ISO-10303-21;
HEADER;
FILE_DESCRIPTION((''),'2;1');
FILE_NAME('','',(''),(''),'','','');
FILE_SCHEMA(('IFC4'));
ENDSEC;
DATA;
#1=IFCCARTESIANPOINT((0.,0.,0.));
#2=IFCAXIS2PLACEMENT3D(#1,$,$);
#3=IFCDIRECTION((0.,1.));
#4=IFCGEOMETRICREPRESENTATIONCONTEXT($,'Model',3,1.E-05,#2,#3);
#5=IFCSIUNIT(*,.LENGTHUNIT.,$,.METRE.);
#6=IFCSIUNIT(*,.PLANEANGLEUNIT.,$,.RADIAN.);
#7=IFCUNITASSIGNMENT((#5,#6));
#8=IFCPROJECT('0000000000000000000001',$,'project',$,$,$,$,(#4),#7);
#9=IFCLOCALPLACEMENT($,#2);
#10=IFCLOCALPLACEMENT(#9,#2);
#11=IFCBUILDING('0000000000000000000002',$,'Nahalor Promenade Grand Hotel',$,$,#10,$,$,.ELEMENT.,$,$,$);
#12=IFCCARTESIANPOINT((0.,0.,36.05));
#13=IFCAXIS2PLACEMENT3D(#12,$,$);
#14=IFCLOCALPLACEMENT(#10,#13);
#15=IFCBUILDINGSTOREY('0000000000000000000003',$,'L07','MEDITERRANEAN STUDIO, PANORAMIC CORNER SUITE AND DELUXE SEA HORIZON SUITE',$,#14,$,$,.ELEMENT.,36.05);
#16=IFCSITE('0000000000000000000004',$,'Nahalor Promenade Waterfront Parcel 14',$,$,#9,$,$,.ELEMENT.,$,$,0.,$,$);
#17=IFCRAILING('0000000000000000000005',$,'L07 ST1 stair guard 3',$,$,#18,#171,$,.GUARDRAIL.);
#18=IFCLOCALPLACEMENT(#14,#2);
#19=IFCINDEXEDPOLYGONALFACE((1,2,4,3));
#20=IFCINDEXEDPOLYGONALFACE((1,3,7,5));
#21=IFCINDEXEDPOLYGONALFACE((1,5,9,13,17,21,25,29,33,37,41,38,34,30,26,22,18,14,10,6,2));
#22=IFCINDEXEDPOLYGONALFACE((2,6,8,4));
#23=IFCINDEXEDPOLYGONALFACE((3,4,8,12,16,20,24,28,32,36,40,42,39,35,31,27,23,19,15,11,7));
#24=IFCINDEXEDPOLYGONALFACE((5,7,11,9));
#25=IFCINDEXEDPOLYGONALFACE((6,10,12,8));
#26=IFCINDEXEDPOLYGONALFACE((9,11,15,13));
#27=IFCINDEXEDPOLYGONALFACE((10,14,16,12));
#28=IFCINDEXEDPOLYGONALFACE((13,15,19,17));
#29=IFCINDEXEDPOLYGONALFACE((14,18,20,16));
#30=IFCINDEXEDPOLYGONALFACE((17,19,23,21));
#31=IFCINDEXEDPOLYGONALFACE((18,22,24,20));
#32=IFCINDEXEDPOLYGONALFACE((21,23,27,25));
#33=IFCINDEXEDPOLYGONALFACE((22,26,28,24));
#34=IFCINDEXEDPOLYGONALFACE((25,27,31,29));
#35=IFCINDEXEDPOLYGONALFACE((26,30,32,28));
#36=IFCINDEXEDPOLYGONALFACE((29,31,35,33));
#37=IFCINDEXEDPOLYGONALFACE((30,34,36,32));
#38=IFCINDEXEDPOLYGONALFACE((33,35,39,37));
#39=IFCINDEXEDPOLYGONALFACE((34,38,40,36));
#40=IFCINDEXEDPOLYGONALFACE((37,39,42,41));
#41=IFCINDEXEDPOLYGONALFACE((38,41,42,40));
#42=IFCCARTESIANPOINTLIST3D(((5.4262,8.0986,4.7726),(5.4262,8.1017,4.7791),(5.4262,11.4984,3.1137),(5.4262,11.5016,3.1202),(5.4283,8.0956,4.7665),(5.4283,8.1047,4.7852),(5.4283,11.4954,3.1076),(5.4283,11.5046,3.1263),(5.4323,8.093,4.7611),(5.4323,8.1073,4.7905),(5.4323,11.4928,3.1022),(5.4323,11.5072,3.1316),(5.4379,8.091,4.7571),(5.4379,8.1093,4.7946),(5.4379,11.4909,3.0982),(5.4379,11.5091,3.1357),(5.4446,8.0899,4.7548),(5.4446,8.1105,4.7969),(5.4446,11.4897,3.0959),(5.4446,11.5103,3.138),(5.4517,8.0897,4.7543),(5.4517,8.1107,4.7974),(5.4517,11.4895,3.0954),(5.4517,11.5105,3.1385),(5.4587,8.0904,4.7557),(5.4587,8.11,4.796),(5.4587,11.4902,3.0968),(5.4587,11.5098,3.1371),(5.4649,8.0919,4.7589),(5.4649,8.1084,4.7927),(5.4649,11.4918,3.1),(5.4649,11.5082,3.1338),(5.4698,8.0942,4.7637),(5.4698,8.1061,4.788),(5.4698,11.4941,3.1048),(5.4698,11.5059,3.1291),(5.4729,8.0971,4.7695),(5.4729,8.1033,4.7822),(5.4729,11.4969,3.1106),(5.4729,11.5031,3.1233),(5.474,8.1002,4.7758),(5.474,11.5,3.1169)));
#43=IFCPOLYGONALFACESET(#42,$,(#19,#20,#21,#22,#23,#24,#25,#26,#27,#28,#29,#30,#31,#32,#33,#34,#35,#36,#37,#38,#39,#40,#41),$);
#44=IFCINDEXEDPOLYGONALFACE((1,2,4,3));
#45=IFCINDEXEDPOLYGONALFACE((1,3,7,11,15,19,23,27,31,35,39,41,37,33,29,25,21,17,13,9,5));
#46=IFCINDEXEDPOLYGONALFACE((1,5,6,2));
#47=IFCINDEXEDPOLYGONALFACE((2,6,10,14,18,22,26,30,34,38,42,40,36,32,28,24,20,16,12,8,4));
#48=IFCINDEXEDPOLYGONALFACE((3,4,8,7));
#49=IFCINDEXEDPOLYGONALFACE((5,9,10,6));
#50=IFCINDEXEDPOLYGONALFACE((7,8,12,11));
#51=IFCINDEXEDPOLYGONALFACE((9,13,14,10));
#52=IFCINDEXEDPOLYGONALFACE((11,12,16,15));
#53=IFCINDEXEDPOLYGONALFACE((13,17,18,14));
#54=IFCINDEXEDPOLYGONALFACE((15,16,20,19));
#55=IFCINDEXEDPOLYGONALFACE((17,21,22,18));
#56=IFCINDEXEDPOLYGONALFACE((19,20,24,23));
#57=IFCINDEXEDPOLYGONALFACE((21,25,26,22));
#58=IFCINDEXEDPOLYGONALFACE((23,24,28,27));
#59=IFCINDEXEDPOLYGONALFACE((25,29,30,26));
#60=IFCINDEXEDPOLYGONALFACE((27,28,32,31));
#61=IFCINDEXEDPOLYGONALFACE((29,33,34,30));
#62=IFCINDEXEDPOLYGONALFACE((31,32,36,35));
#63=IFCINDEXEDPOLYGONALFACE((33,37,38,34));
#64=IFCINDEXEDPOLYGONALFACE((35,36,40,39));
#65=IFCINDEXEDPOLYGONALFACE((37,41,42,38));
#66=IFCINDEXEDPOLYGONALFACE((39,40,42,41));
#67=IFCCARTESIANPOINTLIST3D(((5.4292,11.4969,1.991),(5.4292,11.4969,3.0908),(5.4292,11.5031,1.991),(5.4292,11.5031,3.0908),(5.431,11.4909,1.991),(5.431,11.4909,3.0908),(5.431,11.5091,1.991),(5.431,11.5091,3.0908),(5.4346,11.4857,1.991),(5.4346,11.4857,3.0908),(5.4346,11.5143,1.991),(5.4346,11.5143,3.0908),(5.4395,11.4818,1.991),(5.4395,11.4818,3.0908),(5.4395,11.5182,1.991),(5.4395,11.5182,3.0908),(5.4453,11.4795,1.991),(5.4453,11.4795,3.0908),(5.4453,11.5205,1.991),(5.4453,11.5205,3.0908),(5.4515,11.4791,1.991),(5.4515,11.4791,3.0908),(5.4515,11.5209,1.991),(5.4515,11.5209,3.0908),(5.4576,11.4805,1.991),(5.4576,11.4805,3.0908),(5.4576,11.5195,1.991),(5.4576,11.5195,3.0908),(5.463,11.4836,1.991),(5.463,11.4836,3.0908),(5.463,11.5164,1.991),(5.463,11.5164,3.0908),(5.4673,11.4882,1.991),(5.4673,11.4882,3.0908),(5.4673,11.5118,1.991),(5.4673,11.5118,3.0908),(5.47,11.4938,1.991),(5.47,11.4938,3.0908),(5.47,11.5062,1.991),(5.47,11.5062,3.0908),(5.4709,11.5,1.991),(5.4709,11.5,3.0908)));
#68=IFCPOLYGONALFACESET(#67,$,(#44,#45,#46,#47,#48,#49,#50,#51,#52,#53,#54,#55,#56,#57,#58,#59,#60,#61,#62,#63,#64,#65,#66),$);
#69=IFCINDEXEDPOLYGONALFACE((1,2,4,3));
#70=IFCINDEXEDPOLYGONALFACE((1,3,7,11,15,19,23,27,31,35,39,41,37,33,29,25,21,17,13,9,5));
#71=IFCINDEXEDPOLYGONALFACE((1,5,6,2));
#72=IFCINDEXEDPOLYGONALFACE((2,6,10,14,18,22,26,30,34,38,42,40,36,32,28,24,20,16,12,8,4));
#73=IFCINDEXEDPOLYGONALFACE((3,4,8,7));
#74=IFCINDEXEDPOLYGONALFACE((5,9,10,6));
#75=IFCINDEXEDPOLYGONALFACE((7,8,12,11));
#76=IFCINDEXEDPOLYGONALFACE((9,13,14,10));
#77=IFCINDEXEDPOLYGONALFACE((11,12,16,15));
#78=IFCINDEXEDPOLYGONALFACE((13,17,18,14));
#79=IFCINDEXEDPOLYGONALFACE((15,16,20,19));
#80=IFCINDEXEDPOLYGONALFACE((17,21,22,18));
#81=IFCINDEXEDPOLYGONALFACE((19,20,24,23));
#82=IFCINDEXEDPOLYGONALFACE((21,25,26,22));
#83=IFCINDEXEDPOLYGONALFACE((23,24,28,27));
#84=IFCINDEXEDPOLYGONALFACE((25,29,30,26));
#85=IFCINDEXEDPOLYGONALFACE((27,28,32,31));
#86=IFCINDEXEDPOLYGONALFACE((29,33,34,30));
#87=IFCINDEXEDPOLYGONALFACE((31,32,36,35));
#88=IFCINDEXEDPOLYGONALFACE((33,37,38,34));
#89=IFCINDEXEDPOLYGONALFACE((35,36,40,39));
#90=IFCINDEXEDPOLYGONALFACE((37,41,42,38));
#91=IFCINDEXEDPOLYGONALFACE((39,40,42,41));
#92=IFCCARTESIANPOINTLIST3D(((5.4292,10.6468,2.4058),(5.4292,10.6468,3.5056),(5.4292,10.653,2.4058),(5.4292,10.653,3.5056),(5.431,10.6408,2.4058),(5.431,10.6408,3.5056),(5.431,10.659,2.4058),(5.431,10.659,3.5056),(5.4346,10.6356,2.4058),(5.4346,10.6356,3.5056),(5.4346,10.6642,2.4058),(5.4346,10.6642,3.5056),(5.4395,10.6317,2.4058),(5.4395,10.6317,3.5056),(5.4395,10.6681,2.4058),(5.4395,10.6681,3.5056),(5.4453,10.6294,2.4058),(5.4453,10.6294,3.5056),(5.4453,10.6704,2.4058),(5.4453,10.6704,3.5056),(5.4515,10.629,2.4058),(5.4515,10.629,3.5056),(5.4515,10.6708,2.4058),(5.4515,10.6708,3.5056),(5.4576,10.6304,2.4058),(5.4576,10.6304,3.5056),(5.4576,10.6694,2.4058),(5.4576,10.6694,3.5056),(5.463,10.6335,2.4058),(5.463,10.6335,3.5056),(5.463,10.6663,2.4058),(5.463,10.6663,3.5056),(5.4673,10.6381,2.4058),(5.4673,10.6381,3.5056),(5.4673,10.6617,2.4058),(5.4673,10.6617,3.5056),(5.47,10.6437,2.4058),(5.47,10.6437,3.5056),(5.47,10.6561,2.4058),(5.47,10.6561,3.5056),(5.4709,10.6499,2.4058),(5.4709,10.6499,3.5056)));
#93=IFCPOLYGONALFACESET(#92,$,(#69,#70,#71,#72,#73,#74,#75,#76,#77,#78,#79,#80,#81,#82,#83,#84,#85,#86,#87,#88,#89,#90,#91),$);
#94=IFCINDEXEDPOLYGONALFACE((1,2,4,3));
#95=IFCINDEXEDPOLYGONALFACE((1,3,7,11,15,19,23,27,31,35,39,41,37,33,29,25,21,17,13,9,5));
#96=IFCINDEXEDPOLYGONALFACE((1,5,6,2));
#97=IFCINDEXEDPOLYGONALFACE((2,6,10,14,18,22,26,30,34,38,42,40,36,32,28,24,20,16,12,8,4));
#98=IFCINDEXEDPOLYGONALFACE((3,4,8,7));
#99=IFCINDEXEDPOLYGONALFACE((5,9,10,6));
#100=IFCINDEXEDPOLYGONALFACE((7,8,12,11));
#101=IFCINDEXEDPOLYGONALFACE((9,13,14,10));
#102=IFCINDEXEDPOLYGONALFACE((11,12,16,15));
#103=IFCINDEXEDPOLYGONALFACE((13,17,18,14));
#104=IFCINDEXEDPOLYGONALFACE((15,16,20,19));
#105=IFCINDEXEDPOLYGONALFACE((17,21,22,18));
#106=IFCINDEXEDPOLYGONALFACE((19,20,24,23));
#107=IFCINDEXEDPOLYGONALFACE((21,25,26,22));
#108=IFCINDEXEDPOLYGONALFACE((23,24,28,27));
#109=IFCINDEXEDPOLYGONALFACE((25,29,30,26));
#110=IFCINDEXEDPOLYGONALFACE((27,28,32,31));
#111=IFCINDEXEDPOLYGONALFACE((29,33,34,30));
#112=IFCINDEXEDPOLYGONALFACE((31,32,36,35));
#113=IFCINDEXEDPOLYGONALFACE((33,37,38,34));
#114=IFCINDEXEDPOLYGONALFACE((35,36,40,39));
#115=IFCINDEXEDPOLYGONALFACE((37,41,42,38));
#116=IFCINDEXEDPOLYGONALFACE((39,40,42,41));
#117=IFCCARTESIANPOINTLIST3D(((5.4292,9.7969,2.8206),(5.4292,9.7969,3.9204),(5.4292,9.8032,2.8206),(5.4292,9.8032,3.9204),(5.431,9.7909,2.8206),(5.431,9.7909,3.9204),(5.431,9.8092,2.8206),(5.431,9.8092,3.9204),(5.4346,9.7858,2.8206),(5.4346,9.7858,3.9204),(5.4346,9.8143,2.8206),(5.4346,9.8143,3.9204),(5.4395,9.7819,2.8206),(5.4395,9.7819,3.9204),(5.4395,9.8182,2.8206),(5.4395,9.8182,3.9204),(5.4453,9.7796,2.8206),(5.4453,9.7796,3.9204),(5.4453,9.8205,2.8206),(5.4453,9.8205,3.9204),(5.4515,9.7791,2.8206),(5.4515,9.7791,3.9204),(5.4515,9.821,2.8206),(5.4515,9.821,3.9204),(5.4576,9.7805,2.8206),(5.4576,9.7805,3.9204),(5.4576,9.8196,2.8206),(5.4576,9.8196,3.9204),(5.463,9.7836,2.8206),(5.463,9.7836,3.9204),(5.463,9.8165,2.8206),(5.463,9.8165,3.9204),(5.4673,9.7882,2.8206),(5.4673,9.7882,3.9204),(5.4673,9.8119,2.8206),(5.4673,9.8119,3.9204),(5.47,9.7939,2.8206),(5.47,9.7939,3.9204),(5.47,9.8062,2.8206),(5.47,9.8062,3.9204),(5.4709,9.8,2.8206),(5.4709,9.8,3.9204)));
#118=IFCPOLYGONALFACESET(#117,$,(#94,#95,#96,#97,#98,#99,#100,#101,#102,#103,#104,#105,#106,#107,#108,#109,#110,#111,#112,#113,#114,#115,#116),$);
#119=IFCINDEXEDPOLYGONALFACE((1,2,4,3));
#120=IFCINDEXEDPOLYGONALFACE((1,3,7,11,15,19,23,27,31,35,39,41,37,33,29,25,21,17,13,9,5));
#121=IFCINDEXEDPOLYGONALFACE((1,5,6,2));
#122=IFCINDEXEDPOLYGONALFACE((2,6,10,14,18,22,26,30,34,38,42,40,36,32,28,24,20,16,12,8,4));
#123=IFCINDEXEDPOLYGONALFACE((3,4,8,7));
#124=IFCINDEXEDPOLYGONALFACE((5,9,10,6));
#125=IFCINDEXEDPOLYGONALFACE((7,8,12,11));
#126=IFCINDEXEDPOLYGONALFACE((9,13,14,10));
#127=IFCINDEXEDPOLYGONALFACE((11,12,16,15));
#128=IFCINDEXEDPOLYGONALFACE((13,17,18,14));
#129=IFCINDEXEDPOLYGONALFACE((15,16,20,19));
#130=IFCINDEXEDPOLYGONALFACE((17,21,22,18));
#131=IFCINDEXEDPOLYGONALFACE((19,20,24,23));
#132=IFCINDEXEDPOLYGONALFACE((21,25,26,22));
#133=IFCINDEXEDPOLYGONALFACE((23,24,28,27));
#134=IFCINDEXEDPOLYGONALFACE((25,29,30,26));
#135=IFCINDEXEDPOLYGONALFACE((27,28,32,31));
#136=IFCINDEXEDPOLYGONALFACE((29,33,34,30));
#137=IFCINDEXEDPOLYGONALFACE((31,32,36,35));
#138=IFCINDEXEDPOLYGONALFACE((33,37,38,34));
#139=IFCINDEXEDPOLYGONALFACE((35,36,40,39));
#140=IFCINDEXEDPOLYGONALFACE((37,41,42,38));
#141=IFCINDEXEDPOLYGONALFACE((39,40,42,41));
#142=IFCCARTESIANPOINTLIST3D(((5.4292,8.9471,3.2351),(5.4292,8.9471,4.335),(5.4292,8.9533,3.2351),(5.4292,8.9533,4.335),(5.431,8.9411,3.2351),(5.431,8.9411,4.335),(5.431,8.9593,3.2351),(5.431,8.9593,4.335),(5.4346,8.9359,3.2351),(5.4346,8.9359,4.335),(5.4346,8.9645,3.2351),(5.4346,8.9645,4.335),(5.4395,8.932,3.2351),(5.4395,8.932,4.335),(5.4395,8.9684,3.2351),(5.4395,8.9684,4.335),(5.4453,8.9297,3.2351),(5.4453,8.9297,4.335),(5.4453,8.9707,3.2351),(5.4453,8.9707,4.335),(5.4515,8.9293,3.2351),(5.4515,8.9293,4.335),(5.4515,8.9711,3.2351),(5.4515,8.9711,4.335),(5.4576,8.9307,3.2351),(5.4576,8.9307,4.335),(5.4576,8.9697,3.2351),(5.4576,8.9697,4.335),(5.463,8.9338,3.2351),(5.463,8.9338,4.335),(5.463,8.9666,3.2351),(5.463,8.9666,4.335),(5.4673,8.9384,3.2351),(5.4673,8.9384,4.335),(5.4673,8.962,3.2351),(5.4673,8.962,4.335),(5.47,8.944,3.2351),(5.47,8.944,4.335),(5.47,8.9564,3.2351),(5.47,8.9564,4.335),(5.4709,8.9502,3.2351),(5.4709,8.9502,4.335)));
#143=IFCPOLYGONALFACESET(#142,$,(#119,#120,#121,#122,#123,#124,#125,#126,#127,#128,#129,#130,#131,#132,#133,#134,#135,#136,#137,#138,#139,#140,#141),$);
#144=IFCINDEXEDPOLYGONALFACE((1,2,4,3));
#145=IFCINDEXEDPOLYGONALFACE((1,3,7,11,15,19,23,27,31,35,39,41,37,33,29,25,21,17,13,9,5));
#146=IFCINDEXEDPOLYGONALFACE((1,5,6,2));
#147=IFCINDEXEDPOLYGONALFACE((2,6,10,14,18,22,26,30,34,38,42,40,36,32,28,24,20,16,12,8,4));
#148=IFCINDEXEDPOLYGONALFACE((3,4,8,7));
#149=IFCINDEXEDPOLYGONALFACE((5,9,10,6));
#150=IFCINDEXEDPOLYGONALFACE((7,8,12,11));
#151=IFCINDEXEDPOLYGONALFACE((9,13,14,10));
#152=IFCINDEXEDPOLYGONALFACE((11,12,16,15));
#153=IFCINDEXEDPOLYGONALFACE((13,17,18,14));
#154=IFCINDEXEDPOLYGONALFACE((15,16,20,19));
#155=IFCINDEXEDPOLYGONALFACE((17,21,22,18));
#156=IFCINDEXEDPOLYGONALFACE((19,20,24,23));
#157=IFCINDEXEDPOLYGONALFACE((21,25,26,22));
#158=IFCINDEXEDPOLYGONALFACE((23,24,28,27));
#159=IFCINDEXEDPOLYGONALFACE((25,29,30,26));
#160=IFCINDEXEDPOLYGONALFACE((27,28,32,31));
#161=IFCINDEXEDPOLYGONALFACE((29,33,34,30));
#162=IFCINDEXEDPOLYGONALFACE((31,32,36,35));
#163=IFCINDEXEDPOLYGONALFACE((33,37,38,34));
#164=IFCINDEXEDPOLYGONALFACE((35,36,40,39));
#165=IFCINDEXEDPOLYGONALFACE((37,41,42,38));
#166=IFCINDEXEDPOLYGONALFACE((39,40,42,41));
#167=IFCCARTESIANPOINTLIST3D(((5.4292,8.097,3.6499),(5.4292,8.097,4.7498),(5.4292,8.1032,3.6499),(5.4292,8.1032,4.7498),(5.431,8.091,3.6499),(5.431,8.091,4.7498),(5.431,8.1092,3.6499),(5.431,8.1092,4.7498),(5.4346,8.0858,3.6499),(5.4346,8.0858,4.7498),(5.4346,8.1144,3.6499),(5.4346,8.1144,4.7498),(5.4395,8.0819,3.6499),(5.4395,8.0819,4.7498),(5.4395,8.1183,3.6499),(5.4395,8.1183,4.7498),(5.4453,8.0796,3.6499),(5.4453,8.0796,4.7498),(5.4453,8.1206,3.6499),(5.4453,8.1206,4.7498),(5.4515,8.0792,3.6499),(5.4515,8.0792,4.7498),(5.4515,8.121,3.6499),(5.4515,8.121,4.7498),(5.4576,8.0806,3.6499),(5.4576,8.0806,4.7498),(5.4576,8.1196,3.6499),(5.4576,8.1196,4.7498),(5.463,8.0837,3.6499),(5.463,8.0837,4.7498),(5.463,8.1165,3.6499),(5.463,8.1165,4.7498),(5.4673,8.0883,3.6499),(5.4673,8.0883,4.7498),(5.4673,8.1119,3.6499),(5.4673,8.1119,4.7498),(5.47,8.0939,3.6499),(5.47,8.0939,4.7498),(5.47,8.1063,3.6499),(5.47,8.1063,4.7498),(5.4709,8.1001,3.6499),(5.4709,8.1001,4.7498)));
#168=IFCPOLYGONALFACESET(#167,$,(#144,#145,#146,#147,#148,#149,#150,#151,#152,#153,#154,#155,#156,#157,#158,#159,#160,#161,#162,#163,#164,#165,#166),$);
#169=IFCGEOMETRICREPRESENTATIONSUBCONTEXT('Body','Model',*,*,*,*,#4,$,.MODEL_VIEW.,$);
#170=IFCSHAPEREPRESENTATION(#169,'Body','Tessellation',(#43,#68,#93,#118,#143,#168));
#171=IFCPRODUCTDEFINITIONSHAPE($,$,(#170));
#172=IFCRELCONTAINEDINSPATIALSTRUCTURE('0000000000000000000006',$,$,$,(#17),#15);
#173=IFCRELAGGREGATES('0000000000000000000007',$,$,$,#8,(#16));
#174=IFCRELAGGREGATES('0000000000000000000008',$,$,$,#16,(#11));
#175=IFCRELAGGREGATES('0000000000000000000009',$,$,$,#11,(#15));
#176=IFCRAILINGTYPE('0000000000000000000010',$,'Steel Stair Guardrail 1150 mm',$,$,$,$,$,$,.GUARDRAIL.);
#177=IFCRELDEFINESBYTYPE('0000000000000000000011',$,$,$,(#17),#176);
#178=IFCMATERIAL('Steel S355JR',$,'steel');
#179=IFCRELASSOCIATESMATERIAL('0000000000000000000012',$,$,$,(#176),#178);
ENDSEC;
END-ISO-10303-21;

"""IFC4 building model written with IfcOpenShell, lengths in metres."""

from ifc_helpers import new_model, si_unit, direction, frame, origin, origin_2d, place, context, subcontext, project, spatial, circle, extrude, material, type_object, element, save


model = new_model("IFC4")

# Units and contexts
model_context = context("Model", 3, precision=1e-05, world=origin(), true_north=direction((0.0, 1.0)))
body_context = subcontext(model_context, "Body", "Model", "MODEL_VIEW")
ifc_project = project(units=[si_unit("LENGTHUNIT", "METRE"), si_unit("PLANEANGLEUNIT", "RADIAN")], contexts=[model_context])

# Site, building, storey
site_placement = place(None, origin())
site = spatial("IfcSite", under=ifc_project, at=site_placement, Name="Nahalor Promenade Waterfront Parcel 14", CompositionType="ELEMENT", RefElevation=0.0)
building_placement = place(site_placement, origin())
building = spatial("IfcBuilding", under=site, at=building_placement, Name="Nahalor Promenade Grand Hotel", CompositionType="ELEMENT")
storey_placement = place(building_placement, frame((0.0, 0.0, 36.05)))
storey = spatial("IfcBuildingStorey", under=building, at=storey_placement, Name="L07", Description="MEDITERRANEAN STUDIO, PANORAMIC CORNER SUITE AND DELUXE SEA HORIZON SUITE", CompositionType="ELEMENT", Elevation=36.05)

# Shared definitions
ifc_material_1 = material(Name="Steel S355JR", Category="steel")

# Railing
railing_type_1 = type_object("IfcRailingType", Name="Steel Stair Guardrail 1150 mm", PredefinedType="GUARDRAIL", material=ifc_material_1)
railing_1_placement = place(storey_placement, frame((5.45, 11.5, 1.991)))
element("IfcRailing", 1, at=railing_1_placement, inside=storey, type_object=railing_type_1, Name="L07 ST1 stair guard 3", PredefinedType="GUARDRAIL", context=body_context, shape_type="SweptSolid", body=[
    extrude(circle(Radius=0.024, at=origin_2d()), frame((0.0, 0.0, 1.126), z_axis=(0.0, -0.898722, 0.438519), x_axis=(1.0, 0.0, 0.0)), (0.0, 0.0, 1.0), 3.783),
    extrude(circle(Radius=0.021, at=origin_2d()), origin(), (0.0, 0.0, 1.0), 1.0999),
    extrude(circle(Radius=0.021, at=origin_2d()), frame((0.0, -0.8501, 0.4148)), (0.0, 0.0, 1.0), 1.0999),
    extrude(circle(Radius=0.021, at=origin_2d()), frame((0.0, -1.7, 0.8296)), (0.0, 0.0, 1.0), 1.0999),
    extrude(circle(Radius=0.021, at=origin_2d()), frame((0.0, -2.5498, 1.2441)), (0.0, 0.0, 1.0), 1.0999),
    extrude(circle(Radius=0.021, at=origin_2d()), frame((0.0, -3.3999, 1.6589)), (0.0, 0.0, 1.0), 1.0999),
])

save(model, "model.ifc")
